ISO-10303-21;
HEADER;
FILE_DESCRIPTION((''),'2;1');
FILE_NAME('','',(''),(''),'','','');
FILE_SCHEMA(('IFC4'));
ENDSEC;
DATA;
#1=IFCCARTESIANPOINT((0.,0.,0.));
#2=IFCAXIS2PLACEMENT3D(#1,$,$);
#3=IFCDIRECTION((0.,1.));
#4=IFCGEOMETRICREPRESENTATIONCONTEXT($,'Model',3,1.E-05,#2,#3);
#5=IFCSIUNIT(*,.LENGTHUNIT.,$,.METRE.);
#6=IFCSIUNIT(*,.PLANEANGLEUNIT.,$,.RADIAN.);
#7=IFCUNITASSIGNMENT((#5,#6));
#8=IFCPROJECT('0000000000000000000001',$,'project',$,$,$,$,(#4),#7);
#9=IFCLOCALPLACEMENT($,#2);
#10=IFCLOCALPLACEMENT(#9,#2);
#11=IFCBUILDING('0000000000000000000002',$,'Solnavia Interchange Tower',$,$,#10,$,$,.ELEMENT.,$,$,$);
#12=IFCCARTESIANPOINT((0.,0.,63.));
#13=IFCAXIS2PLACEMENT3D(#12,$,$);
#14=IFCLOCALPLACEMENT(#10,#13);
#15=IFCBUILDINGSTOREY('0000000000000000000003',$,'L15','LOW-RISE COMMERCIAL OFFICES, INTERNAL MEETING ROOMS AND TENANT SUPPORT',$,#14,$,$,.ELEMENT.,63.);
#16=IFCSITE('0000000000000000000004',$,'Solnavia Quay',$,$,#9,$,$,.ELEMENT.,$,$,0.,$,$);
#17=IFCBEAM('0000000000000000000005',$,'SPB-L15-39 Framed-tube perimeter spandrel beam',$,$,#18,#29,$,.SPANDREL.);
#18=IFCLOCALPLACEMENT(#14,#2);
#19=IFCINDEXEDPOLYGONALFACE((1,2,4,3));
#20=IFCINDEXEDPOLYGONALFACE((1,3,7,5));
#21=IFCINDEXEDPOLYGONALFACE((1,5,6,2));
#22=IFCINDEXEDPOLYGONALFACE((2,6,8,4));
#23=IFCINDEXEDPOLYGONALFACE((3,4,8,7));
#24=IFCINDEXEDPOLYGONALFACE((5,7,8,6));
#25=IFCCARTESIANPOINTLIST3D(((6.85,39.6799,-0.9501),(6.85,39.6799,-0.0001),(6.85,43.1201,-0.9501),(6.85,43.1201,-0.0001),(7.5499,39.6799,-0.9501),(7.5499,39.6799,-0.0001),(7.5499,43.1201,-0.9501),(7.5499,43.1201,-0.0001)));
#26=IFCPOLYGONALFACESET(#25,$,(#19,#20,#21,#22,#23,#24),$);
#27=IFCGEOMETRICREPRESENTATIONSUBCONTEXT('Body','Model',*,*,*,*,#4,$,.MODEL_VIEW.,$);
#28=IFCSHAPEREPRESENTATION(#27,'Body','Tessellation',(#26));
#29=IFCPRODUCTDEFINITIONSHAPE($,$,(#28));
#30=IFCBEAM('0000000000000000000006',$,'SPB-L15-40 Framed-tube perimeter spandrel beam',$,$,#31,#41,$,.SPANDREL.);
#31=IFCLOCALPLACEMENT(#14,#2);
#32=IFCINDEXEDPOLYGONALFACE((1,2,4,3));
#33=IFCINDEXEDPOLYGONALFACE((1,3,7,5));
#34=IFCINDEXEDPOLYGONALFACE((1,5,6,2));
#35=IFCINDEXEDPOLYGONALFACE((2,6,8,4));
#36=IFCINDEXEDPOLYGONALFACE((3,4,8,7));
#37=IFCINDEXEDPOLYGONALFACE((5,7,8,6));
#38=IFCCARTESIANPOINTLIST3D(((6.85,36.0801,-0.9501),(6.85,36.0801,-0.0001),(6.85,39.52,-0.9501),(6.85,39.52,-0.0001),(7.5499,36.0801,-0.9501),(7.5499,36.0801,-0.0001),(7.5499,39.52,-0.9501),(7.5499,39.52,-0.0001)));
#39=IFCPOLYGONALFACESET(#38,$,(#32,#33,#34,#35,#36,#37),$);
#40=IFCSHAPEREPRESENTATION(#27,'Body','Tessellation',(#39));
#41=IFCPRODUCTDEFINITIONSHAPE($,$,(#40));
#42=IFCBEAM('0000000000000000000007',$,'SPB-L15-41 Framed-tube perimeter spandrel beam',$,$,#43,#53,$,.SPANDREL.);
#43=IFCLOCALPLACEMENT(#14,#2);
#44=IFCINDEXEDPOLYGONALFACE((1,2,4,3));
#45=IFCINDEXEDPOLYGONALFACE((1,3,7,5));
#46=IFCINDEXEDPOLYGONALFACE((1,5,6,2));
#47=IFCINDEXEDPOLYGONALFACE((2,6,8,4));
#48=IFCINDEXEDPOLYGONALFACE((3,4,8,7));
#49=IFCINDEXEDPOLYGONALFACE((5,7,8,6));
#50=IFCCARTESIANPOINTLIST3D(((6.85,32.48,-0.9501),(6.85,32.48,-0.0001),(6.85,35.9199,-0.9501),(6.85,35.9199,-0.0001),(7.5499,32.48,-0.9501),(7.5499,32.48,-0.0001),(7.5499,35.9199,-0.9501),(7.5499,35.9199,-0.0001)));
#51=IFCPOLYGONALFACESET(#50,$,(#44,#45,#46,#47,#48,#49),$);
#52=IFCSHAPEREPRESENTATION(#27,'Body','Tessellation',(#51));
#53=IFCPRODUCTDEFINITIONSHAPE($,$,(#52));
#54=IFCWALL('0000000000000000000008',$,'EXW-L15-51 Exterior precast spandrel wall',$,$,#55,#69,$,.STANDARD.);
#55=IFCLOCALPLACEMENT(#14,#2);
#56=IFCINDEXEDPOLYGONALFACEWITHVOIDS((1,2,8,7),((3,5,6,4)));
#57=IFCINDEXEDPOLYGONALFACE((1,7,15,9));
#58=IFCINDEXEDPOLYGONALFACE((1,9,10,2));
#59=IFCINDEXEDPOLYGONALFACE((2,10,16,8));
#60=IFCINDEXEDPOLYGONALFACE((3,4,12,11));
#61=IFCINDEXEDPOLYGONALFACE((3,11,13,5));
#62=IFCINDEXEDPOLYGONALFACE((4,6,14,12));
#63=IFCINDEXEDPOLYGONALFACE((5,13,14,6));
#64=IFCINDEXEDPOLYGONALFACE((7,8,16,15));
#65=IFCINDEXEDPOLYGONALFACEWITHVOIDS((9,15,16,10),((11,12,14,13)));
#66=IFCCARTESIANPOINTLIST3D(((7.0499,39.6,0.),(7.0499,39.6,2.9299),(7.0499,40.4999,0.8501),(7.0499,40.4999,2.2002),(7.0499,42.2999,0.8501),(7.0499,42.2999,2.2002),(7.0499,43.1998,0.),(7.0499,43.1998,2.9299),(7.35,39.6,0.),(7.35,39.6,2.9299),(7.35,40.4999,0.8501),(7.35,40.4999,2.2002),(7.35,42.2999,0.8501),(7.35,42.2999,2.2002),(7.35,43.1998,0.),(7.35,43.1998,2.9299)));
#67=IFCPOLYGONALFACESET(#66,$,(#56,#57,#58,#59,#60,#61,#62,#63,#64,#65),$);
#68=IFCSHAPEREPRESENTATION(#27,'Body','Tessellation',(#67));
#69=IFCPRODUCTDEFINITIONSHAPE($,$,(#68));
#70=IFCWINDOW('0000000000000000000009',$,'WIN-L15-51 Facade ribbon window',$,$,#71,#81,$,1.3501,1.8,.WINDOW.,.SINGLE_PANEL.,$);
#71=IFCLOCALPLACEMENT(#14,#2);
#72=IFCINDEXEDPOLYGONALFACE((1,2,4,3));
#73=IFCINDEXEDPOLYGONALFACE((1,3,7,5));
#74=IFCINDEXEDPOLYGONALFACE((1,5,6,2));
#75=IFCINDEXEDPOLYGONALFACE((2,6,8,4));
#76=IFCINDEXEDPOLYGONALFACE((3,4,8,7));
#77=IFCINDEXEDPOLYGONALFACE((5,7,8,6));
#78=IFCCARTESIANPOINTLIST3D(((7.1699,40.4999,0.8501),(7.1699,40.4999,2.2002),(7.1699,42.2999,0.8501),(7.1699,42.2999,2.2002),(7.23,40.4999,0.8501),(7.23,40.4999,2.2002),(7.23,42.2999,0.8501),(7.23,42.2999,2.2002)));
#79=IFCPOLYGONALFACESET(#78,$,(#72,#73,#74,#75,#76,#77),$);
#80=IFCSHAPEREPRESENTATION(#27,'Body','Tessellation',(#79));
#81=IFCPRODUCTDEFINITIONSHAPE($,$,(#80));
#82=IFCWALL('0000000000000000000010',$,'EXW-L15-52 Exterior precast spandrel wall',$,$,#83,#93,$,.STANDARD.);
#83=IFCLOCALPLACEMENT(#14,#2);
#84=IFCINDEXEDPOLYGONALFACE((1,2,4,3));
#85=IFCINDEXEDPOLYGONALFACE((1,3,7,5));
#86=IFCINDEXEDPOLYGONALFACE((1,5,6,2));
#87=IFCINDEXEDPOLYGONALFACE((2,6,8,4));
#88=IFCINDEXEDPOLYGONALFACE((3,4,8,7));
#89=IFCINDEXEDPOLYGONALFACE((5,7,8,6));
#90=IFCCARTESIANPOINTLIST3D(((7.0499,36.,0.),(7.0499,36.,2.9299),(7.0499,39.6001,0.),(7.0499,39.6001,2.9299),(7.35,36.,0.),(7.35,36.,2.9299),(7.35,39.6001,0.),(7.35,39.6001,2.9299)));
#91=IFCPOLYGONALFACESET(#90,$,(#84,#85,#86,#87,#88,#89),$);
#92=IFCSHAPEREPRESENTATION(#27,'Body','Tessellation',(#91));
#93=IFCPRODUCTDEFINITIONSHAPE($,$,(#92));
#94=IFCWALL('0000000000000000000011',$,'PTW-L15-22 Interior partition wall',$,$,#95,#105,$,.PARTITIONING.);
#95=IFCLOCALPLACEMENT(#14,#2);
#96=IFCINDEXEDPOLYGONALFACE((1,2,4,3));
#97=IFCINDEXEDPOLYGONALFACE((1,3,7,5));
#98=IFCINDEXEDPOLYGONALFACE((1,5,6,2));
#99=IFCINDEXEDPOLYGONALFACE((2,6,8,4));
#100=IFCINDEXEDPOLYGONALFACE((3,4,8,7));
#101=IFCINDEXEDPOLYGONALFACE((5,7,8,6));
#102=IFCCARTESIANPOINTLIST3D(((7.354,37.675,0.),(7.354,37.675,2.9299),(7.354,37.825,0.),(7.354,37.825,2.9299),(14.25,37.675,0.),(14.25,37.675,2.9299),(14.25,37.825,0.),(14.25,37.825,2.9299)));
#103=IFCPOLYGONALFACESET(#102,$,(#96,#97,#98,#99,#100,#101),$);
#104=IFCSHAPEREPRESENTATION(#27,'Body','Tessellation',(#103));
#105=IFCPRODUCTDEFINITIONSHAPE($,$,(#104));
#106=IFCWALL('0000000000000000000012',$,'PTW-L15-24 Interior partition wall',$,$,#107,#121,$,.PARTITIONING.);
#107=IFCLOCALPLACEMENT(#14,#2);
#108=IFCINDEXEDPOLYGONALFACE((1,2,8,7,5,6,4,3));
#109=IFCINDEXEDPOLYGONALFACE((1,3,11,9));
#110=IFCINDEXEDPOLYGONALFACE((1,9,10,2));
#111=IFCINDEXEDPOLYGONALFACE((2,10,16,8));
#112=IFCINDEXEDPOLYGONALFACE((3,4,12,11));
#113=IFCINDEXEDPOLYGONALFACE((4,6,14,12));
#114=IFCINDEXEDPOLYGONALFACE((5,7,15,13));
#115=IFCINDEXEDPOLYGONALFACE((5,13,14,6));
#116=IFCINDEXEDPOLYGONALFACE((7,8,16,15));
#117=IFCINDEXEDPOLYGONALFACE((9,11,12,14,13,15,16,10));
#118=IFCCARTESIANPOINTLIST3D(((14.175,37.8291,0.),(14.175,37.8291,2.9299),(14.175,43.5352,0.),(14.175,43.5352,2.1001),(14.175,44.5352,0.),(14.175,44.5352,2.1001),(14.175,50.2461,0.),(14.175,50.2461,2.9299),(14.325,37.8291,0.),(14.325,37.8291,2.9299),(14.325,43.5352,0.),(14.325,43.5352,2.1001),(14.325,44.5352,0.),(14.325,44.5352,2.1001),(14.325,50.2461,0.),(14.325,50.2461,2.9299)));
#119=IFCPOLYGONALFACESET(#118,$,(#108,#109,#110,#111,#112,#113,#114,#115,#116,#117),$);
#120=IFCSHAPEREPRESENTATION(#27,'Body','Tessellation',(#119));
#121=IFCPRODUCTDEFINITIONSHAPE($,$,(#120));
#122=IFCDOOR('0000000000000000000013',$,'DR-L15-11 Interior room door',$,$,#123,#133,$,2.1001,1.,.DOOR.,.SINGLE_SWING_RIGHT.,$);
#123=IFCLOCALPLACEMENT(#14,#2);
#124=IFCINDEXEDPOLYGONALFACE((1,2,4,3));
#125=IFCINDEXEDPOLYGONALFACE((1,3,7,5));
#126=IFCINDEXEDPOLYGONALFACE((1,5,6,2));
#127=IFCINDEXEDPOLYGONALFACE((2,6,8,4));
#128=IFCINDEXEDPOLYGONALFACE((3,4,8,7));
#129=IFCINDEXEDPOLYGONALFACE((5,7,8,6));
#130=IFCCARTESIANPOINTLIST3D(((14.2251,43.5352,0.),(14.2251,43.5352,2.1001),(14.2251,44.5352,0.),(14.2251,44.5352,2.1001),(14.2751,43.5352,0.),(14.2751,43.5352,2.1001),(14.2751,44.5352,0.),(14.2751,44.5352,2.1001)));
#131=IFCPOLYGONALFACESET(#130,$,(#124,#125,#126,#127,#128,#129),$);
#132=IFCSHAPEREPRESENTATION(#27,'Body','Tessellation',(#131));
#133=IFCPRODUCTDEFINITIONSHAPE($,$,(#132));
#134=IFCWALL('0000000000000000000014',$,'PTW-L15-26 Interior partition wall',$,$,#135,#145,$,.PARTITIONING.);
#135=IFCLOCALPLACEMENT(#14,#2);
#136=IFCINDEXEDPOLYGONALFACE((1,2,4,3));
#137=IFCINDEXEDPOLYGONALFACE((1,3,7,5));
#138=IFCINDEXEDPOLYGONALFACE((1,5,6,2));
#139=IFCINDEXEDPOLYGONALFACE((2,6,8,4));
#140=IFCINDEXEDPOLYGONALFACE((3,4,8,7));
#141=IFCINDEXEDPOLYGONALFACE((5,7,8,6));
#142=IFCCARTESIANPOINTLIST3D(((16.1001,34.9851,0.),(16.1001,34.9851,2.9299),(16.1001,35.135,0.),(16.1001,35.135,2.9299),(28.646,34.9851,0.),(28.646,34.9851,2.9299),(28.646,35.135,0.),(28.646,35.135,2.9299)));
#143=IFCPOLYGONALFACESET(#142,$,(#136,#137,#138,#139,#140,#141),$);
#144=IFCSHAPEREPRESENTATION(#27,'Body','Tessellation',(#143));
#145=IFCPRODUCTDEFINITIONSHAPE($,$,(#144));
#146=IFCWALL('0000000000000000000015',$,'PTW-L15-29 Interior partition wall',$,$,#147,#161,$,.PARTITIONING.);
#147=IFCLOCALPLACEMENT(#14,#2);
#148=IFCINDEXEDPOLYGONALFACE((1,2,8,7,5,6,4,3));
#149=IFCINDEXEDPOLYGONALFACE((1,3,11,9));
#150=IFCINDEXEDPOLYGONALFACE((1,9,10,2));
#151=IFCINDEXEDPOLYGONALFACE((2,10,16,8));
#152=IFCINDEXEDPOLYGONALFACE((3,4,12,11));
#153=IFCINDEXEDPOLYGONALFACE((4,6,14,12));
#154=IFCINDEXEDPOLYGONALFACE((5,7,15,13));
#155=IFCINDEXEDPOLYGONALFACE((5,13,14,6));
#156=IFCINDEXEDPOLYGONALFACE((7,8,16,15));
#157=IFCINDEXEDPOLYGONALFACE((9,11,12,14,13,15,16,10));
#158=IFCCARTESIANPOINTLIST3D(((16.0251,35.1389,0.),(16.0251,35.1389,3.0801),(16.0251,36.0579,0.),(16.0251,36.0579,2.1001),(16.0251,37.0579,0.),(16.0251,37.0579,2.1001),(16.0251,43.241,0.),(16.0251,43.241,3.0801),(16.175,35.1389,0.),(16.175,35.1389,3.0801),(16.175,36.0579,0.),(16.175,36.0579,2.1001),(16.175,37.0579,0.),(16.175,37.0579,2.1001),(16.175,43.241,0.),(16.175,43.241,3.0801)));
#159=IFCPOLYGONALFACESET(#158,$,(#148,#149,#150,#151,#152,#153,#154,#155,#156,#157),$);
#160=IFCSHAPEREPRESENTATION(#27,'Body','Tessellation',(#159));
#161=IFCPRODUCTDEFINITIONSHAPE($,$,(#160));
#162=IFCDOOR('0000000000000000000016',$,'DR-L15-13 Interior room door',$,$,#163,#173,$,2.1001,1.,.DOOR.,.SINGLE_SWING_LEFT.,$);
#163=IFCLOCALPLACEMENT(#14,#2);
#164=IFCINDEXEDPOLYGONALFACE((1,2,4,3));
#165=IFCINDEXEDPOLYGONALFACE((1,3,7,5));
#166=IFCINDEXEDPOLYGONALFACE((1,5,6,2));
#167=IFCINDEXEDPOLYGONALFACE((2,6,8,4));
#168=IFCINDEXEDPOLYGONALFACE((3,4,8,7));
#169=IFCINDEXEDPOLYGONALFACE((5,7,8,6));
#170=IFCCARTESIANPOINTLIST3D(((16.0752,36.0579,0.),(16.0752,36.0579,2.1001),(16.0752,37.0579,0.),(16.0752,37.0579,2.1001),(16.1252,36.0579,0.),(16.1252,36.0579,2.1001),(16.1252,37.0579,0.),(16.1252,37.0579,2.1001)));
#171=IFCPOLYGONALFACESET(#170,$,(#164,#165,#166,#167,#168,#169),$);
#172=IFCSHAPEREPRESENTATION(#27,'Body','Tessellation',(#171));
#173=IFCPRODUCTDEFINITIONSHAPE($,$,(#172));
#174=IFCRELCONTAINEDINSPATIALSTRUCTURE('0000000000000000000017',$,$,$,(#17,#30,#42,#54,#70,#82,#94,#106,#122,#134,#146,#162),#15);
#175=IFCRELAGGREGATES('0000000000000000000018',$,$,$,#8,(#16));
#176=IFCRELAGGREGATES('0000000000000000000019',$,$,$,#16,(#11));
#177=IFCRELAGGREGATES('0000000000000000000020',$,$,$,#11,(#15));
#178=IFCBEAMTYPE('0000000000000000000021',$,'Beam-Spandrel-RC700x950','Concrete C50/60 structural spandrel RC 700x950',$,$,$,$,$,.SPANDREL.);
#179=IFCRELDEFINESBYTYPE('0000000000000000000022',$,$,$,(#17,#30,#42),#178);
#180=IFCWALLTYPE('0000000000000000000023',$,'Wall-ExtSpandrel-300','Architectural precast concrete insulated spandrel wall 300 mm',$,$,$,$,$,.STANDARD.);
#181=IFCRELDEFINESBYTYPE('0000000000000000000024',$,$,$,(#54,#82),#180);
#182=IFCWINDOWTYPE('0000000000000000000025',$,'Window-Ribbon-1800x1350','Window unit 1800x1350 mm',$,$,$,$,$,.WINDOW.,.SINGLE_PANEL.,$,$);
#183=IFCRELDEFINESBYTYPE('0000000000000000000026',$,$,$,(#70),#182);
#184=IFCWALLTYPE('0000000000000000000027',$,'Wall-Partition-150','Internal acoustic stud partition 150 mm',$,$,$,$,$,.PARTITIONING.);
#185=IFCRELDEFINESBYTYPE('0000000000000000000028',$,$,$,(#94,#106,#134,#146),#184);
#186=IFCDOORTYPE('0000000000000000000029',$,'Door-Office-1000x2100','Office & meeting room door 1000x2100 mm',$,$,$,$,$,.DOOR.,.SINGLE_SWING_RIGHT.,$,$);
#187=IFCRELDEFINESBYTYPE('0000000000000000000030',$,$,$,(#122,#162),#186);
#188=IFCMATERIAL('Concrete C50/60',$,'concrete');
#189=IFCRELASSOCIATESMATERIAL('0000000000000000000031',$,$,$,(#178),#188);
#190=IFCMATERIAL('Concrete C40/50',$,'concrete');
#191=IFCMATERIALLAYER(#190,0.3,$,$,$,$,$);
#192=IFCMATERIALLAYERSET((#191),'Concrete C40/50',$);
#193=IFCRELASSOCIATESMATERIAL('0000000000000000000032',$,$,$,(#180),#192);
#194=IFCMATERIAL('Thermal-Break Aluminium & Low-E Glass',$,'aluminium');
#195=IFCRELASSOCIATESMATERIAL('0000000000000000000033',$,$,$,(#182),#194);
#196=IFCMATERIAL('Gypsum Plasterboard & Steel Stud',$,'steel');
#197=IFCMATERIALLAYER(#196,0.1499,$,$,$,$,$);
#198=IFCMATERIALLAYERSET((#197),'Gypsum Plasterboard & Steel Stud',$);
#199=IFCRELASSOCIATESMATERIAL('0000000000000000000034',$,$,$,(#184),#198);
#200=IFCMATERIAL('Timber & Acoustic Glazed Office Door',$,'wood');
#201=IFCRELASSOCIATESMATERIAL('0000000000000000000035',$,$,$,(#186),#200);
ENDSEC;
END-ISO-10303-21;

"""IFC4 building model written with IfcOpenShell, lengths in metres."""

from ifc_helpers import new_model, si_unit, direction, frame, frame_2d, origin, origin_2d, place, context, subcontext, project, spatial, rectangle, extrude, material, layer, layer_set, material_profile, profile_set, type_object, element, fill, save


model = new_model("IFC4")

# Units and contexts
model_context = context("Model", 3, precision=1e-05, world=origin(), true_north=direction((0.0, 1.0)))
body_context = subcontext(model_context, "Body", "Model", "MODEL_VIEW")
ifc_project = project(units=[si_unit("LENGTHUNIT", "METRE"), si_unit("PLANEANGLEUNIT", "RADIAN")], contexts=[model_context])

# Site, building, storey
site_placement = place(None, origin())
site = spatial("IfcSite", under=ifc_project, at=site_placement, Name="Solnavia Quay", CompositionType="ELEMENT", RefElevation=0.0)
building_placement = place(site_placement, origin())
building = spatial("IfcBuilding", under=site, at=building_placement, Name="Solnavia Interchange Tower", CompositionType="ELEMENT")
storey_placement = place(building_placement, frame((0.0, 0.0, 63.0)))
storey = spatial("IfcBuildingStorey", under=building, at=storey_placement, Name="L15", Description="LOW-RISE COMMERCIAL OFFICES, INTERNAL MEETING ROOMS AND TENANT SUPPORT", CompositionType="ELEMENT", Elevation=63.0)

# Beams
ifc_material_1 = material(Name="Concrete C50/60", Category="concrete")
ifc_material_profile_1 = material_profile(ifc_material_1, rectangle(XDim=0.7, YDim=0.95, at=origin_2d()), Name="RC 700x950")
ifc_profile_set_1 = profile_set([ifc_material_profile_1], Name="Concrete C50/60")
beam_type_1 = type_object("IfcBeamType", Name="Beam-Spandrel-RC700x950", Description="Concrete C50/60 structural spandrel RC 700x950", PredefinedType="SPANDREL", material=ifc_profile_set_1)
beam_1_placement = place(storey_placement, frame((7.2, 43.1201, -0.4751), z_axis=(0.0, -1.0, 0.0), x_axis=(1.0, 0.0, 0.0)))
element("IfcBeam", 1, at=beam_1_placement, inside=storey, type_object=beam_type_1, Name="SPB-L15-39 Framed-tube perimeter spandrel beam", PredefinedType="SPANDREL", context=body_context, shape_type="SweptSolid", body=[
    extrude(rectangle(XDim=0.7, YDim=0.95, at=origin_2d()), origin(), (0.0, 0.0, 1.0), 3.4402),
])
for number, where, z_axis, x_axis, name in (
    (2, (7.2, 39.52, -0.4751), (0.0, -1.0, 0.0), (1.0, 0.0, 0.0), "SPB-L15-40 Framed-tube perimeter spandrel beam"),
    (3, (7.2, 35.9199, -0.4751), (0.0, -1.0, 0.0), (1.0, 0.0, 0.0), "SPB-L15-41 Framed-tube perimeter spandrel beam"),
):
    element("IfcBeam", number, at=place(storey_placement, frame(where, z_axis=z_axis, x_axis=x_axis)), inside=storey, type_object=beam_type_1, Name=name, PredefinedType="SPANDREL", context=body_context, shape_type="SweptSolid", body=[
        extrude(rectangle(XDim=0.7, YDim=0.95, at=origin_2d()), origin(), (0.0, 0.0, 1.0), 3.4399),
    ])

# Wall, opening, window
ifc_material_2 = material(Name="Concrete C40/50", Category="concrete")
ifc_layer_1 = layer(ifc_material_2, 0.3)
ifc_layer_set_1 = layer_set([ifc_layer_1], Name="Concrete C40/50")
wall_type_1 = type_object("IfcWallType", Name="Wall-ExtSpandrel-300", Description="Architectural precast concrete insulated spandrel wall 300 mm", PredefinedType="STANDARD", material=ifc_layer_set_1)
wall_1_placement = place(storey_placement, frame((7.2, 39.6001, 0.0), z_axis=(0.0, 0.0, 1.0), x_axis=(0.0, 1.0, 0.0)))
wall_1 = element("IfcWall", 4, at=wall_1_placement, inside=storey, type_object=wall_type_1, Name="EXW-L15-51 Exterior precast spandrel wall", PredefinedType="STANDARD", context=body_context, shape_type="SweptSolid", body=[
    extrude(rectangle(XDim=3.5999, YDim=0.3, at=frame_2d((1.7998, 0.0))), origin(), (0.0, 0.0, 1.0), 2.9299),
])
opening_1_placement = place(wall_1_placement, frame((0.8999, 0.0, 0.8501)))
opening_1 = element("IfcOpeningElement", 5, at=opening_1_placement, cuts=wall_1, PredefinedType="OPENING", context=body_context, shape_type="SweptSolid", body=[
    extrude(rectangle(XDim=1.8, YDim=1.3501, at=frame_2d((0.8999, 0.675))), frame((0.0, 0.1602, 0.0), z_axis=(0.0, -1.0, 0.0), x_axis=(1.0, 0.0, 0.0)), (0.0, 0.0, 1.0), 0.3201),
])
ifc_material_3 = material(Name="Thermal-Break Aluminium & Low-E Glass", Category="aluminium")
window_type = type_object("IfcWindowType", Name="Window-Ribbon-1800x1350", Description="Window unit 1800x1350 mm", PartitioningType="SINGLE_PANEL", PredefinedType="WINDOW", material=ifc_material_3)
window_placement = place(opening_1_placement, origin())
window = element("IfcWindow", 6, at=window_placement, inside=storey, type_object=window_type, Name="WIN-L15-51 Facade ribbon window", OverallHeight=1.3501, OverallWidth=1.8, PartitioningType="SINGLE_PANEL", PredefinedType="WINDOW", context=body_context, shape_type="SweptSolid", body=[
    extrude(rectangle(XDim=1.8, YDim=1.3501, at=frame_2d((0.8999, 0.675))), frame((0.0, 0.03, 0.0), z_axis=(0.0, -1.0, 0.0), x_axis=(1.0, 0.0, 0.0)), (0.0, 0.0, 1.0), 0.0601),
])
fill(opening_1, window)

# Walls
wall_2_placement = place(storey_placement, frame((7.2, 36.0, 0.0), z_axis=(0.0, 0.0, 1.0), x_axis=(0.0, 1.0, 0.0)))
element("IfcWall", 7, at=wall_2_placement, inside=storey, type_object=wall_type_1, Name="EXW-L15-52 Exterior precast spandrel wall", PredefinedType="STANDARD", context=body_context, shape_type="SweptSolid", body=[
    extrude(rectangle(XDim=3.6001, YDim=0.3, at=frame_2d((1.8, 0.0))), origin(), (0.0, 0.0, 1.0), 2.9299),
])
ifc_material_4 = material(Name="Gypsum Plasterboard & Steel Stud", Category="steel")
ifc_layer_2 = layer(ifc_material_4, 0.1499)
ifc_layer_set_2 = layer_set([ifc_layer_2], Name="Gypsum Plasterboard & Steel Stud")
wall_type_2 = type_object("IfcWallType", Name="Wall-Partition-150", Description="Internal acoustic stud partition 150 mm", PredefinedType="PARTITIONING", material=ifc_layer_set_2)
wall_3_placement = place(storey_placement, frame((7.354, 37.75, 0.0), z_axis=(0.0, 0.0, 1.0), x_axis=(1.0, 0.0, 0.0)))
element("IfcWall", 8, at=wall_3_placement, inside=storey, type_object=wall_type_2, Name="PTW-L15-22 Interior partition wall", PredefinedType="PARTITIONING", context=body_context, shape_type="SweptSolid", body=[
    extrude(rectangle(XDim=6.896, YDim=0.1499, at=frame_2d((3.448, 0.0))), origin(), (0.0, 0.0, 1.0), 2.9299),
])

# Wall, opening, door
wall_4_placement = place(storey_placement, frame((14.25, 37.8291, 0.0), z_axis=(0.0, 0.0, 1.0), x_axis=(0.0, 1.0, 0.0)))
wall_4 = element("IfcWall", 9, at=wall_4_placement, inside=storey, type_object=wall_type_2, Name="PTW-L15-24 Interior partition wall", PredefinedType="PARTITIONING", context=body_context, shape_type="SweptSolid", body=[
    extrude(rectangle(XDim=12.417, YDim=0.1499, at=frame_2d((6.2085, 0.0))), origin(), (0.0, 0.0, 1.0), 2.9299),
])
opening_2_placement = place(wall_4_placement, frame((5.7061, 0.0, 0.0)))
opening_2 = element("IfcOpeningElement", 10, at=opening_2_placement, cuts=wall_4, PredefinedType="OPENING", context=body_context, shape_type="SweptSolid", body=[
    extrude(rectangle(XDim=1.0, YDim=2.1001, at=frame_2d((0.5, 1.05))), frame((0.0, 0.085, 0.0), z_axis=(0.0, -1.0, 0.0), x_axis=(1.0, 0.0, 0.0)), (0.0, 0.0, 1.0), 0.1699),
])
ifc_material_5 = material(Name="Timber & Acoustic Glazed Office Door", Category="wood")
door_type = type_object("IfcDoorType", Name="Door-Office-1000x2100", Description="Office & meeting room door 1000x2100 mm", OperationType="SINGLE_SWING_RIGHT", PredefinedType="DOOR", material=ifc_material_5)
door_1_placement = place(opening_2_placement, origin())
door_1 = element("IfcDoor", 11, at=door_1_placement, inside=storey, type_object=door_type, Name="DR-L15-11 Interior room door", OperationType="SINGLE_SWING_RIGHT", OverallHeight=2.1001, OverallWidth=1.0, PredefinedType="DOOR", context=body_context, shape_type="SweptSolid", body=[
    extrude(rectangle(XDim=1.0, YDim=2.1001, at=frame_2d((0.5, 1.05))), frame((0.0, 0.0249, 0.0), z_axis=(0.0, -1.0, 0.0), x_axis=(1.0, 0.0, 0.0)), (0.0, 0.0, 1.0), 0.05),
])
fill(opening_2, door_1)

# Wall
wall_5_placement = place(storey_placement, frame((16.1001, 35.0601, 0.0), z_axis=(0.0, 0.0, 1.0), x_axis=(1.0, 0.0, 0.0)))
element("IfcWall", 12, at=wall_5_placement, inside=storey, type_object=wall_type_2, Name="PTW-L15-26 Interior partition wall", PredefinedType="PARTITIONING", context=body_context, shape_type="SweptSolid", body=[
    extrude(rectangle(XDim=12.5459, YDim=0.1499, at=frame_2d((6.2729, 0.0))), origin(), (0.0, 0.0, 1.0), 2.9299),
])

# Wall, opening, door
wall_6_placement = place(storey_placement, frame((16.1001, 35.1389, 0.0), z_axis=(0.0, 0.0, 1.0), x_axis=(0.0, 1.0, 0.0)))
wall_6 = element("IfcWall", 13, at=wall_6_placement, inside=storey, type_object=wall_type_2, Name="PTW-L15-29 Interior partition wall", PredefinedType="PARTITIONING", context=body_context, shape_type="SweptSolid", body=[
    extrude(rectangle(XDim=8.1021, YDim=0.1499, at=frame_2d((4.051, 0.0))), origin(), (0.0, 0.0, 1.0), 3.0801),
])
opening_3_placement = place(wall_6_placement, frame((0.9189, 0.0, 0.0)))
opening_3 = element("IfcOpeningElement", 14, at=opening_3_placement, cuts=wall_6, PredefinedType="OPENING", context=body_context, shape_type="SweptSolid", body=[
    extrude(rectangle(XDim=1.0, YDim=2.1001, at=frame_2d((0.5, 1.05))), frame((0.0, 0.085, 0.0), z_axis=(0.0, -1.0, 0.0), x_axis=(1.0, 0.0, 0.0)), (0.0, 0.0, 1.0), 0.1699),
])
door_2_placement = place(opening_3_placement, origin())
door_2 = element("IfcDoor", 15, at=door_2_placement, inside=storey, type_object=door_type, Name="DR-L15-13 Interior room door", OperationType="SINGLE_SWING_LEFT", OverallHeight=2.1001, OverallWidth=1.0, PredefinedType="DOOR", context=body_context, shape_type="SweptSolid", body=[
    extrude(rectangle(XDim=1.0, YDim=2.1001, at=frame_2d((0.5, 1.05))), frame((0.0, 0.0249, 0.0), z_axis=(0.0, -1.0, 0.0), x_axis=(1.0, 0.0, 0.0)), (0.0, 0.0, 1.0), 0.05),
])
fill(opening_3, door_2)

save(model, "model.ifc")
